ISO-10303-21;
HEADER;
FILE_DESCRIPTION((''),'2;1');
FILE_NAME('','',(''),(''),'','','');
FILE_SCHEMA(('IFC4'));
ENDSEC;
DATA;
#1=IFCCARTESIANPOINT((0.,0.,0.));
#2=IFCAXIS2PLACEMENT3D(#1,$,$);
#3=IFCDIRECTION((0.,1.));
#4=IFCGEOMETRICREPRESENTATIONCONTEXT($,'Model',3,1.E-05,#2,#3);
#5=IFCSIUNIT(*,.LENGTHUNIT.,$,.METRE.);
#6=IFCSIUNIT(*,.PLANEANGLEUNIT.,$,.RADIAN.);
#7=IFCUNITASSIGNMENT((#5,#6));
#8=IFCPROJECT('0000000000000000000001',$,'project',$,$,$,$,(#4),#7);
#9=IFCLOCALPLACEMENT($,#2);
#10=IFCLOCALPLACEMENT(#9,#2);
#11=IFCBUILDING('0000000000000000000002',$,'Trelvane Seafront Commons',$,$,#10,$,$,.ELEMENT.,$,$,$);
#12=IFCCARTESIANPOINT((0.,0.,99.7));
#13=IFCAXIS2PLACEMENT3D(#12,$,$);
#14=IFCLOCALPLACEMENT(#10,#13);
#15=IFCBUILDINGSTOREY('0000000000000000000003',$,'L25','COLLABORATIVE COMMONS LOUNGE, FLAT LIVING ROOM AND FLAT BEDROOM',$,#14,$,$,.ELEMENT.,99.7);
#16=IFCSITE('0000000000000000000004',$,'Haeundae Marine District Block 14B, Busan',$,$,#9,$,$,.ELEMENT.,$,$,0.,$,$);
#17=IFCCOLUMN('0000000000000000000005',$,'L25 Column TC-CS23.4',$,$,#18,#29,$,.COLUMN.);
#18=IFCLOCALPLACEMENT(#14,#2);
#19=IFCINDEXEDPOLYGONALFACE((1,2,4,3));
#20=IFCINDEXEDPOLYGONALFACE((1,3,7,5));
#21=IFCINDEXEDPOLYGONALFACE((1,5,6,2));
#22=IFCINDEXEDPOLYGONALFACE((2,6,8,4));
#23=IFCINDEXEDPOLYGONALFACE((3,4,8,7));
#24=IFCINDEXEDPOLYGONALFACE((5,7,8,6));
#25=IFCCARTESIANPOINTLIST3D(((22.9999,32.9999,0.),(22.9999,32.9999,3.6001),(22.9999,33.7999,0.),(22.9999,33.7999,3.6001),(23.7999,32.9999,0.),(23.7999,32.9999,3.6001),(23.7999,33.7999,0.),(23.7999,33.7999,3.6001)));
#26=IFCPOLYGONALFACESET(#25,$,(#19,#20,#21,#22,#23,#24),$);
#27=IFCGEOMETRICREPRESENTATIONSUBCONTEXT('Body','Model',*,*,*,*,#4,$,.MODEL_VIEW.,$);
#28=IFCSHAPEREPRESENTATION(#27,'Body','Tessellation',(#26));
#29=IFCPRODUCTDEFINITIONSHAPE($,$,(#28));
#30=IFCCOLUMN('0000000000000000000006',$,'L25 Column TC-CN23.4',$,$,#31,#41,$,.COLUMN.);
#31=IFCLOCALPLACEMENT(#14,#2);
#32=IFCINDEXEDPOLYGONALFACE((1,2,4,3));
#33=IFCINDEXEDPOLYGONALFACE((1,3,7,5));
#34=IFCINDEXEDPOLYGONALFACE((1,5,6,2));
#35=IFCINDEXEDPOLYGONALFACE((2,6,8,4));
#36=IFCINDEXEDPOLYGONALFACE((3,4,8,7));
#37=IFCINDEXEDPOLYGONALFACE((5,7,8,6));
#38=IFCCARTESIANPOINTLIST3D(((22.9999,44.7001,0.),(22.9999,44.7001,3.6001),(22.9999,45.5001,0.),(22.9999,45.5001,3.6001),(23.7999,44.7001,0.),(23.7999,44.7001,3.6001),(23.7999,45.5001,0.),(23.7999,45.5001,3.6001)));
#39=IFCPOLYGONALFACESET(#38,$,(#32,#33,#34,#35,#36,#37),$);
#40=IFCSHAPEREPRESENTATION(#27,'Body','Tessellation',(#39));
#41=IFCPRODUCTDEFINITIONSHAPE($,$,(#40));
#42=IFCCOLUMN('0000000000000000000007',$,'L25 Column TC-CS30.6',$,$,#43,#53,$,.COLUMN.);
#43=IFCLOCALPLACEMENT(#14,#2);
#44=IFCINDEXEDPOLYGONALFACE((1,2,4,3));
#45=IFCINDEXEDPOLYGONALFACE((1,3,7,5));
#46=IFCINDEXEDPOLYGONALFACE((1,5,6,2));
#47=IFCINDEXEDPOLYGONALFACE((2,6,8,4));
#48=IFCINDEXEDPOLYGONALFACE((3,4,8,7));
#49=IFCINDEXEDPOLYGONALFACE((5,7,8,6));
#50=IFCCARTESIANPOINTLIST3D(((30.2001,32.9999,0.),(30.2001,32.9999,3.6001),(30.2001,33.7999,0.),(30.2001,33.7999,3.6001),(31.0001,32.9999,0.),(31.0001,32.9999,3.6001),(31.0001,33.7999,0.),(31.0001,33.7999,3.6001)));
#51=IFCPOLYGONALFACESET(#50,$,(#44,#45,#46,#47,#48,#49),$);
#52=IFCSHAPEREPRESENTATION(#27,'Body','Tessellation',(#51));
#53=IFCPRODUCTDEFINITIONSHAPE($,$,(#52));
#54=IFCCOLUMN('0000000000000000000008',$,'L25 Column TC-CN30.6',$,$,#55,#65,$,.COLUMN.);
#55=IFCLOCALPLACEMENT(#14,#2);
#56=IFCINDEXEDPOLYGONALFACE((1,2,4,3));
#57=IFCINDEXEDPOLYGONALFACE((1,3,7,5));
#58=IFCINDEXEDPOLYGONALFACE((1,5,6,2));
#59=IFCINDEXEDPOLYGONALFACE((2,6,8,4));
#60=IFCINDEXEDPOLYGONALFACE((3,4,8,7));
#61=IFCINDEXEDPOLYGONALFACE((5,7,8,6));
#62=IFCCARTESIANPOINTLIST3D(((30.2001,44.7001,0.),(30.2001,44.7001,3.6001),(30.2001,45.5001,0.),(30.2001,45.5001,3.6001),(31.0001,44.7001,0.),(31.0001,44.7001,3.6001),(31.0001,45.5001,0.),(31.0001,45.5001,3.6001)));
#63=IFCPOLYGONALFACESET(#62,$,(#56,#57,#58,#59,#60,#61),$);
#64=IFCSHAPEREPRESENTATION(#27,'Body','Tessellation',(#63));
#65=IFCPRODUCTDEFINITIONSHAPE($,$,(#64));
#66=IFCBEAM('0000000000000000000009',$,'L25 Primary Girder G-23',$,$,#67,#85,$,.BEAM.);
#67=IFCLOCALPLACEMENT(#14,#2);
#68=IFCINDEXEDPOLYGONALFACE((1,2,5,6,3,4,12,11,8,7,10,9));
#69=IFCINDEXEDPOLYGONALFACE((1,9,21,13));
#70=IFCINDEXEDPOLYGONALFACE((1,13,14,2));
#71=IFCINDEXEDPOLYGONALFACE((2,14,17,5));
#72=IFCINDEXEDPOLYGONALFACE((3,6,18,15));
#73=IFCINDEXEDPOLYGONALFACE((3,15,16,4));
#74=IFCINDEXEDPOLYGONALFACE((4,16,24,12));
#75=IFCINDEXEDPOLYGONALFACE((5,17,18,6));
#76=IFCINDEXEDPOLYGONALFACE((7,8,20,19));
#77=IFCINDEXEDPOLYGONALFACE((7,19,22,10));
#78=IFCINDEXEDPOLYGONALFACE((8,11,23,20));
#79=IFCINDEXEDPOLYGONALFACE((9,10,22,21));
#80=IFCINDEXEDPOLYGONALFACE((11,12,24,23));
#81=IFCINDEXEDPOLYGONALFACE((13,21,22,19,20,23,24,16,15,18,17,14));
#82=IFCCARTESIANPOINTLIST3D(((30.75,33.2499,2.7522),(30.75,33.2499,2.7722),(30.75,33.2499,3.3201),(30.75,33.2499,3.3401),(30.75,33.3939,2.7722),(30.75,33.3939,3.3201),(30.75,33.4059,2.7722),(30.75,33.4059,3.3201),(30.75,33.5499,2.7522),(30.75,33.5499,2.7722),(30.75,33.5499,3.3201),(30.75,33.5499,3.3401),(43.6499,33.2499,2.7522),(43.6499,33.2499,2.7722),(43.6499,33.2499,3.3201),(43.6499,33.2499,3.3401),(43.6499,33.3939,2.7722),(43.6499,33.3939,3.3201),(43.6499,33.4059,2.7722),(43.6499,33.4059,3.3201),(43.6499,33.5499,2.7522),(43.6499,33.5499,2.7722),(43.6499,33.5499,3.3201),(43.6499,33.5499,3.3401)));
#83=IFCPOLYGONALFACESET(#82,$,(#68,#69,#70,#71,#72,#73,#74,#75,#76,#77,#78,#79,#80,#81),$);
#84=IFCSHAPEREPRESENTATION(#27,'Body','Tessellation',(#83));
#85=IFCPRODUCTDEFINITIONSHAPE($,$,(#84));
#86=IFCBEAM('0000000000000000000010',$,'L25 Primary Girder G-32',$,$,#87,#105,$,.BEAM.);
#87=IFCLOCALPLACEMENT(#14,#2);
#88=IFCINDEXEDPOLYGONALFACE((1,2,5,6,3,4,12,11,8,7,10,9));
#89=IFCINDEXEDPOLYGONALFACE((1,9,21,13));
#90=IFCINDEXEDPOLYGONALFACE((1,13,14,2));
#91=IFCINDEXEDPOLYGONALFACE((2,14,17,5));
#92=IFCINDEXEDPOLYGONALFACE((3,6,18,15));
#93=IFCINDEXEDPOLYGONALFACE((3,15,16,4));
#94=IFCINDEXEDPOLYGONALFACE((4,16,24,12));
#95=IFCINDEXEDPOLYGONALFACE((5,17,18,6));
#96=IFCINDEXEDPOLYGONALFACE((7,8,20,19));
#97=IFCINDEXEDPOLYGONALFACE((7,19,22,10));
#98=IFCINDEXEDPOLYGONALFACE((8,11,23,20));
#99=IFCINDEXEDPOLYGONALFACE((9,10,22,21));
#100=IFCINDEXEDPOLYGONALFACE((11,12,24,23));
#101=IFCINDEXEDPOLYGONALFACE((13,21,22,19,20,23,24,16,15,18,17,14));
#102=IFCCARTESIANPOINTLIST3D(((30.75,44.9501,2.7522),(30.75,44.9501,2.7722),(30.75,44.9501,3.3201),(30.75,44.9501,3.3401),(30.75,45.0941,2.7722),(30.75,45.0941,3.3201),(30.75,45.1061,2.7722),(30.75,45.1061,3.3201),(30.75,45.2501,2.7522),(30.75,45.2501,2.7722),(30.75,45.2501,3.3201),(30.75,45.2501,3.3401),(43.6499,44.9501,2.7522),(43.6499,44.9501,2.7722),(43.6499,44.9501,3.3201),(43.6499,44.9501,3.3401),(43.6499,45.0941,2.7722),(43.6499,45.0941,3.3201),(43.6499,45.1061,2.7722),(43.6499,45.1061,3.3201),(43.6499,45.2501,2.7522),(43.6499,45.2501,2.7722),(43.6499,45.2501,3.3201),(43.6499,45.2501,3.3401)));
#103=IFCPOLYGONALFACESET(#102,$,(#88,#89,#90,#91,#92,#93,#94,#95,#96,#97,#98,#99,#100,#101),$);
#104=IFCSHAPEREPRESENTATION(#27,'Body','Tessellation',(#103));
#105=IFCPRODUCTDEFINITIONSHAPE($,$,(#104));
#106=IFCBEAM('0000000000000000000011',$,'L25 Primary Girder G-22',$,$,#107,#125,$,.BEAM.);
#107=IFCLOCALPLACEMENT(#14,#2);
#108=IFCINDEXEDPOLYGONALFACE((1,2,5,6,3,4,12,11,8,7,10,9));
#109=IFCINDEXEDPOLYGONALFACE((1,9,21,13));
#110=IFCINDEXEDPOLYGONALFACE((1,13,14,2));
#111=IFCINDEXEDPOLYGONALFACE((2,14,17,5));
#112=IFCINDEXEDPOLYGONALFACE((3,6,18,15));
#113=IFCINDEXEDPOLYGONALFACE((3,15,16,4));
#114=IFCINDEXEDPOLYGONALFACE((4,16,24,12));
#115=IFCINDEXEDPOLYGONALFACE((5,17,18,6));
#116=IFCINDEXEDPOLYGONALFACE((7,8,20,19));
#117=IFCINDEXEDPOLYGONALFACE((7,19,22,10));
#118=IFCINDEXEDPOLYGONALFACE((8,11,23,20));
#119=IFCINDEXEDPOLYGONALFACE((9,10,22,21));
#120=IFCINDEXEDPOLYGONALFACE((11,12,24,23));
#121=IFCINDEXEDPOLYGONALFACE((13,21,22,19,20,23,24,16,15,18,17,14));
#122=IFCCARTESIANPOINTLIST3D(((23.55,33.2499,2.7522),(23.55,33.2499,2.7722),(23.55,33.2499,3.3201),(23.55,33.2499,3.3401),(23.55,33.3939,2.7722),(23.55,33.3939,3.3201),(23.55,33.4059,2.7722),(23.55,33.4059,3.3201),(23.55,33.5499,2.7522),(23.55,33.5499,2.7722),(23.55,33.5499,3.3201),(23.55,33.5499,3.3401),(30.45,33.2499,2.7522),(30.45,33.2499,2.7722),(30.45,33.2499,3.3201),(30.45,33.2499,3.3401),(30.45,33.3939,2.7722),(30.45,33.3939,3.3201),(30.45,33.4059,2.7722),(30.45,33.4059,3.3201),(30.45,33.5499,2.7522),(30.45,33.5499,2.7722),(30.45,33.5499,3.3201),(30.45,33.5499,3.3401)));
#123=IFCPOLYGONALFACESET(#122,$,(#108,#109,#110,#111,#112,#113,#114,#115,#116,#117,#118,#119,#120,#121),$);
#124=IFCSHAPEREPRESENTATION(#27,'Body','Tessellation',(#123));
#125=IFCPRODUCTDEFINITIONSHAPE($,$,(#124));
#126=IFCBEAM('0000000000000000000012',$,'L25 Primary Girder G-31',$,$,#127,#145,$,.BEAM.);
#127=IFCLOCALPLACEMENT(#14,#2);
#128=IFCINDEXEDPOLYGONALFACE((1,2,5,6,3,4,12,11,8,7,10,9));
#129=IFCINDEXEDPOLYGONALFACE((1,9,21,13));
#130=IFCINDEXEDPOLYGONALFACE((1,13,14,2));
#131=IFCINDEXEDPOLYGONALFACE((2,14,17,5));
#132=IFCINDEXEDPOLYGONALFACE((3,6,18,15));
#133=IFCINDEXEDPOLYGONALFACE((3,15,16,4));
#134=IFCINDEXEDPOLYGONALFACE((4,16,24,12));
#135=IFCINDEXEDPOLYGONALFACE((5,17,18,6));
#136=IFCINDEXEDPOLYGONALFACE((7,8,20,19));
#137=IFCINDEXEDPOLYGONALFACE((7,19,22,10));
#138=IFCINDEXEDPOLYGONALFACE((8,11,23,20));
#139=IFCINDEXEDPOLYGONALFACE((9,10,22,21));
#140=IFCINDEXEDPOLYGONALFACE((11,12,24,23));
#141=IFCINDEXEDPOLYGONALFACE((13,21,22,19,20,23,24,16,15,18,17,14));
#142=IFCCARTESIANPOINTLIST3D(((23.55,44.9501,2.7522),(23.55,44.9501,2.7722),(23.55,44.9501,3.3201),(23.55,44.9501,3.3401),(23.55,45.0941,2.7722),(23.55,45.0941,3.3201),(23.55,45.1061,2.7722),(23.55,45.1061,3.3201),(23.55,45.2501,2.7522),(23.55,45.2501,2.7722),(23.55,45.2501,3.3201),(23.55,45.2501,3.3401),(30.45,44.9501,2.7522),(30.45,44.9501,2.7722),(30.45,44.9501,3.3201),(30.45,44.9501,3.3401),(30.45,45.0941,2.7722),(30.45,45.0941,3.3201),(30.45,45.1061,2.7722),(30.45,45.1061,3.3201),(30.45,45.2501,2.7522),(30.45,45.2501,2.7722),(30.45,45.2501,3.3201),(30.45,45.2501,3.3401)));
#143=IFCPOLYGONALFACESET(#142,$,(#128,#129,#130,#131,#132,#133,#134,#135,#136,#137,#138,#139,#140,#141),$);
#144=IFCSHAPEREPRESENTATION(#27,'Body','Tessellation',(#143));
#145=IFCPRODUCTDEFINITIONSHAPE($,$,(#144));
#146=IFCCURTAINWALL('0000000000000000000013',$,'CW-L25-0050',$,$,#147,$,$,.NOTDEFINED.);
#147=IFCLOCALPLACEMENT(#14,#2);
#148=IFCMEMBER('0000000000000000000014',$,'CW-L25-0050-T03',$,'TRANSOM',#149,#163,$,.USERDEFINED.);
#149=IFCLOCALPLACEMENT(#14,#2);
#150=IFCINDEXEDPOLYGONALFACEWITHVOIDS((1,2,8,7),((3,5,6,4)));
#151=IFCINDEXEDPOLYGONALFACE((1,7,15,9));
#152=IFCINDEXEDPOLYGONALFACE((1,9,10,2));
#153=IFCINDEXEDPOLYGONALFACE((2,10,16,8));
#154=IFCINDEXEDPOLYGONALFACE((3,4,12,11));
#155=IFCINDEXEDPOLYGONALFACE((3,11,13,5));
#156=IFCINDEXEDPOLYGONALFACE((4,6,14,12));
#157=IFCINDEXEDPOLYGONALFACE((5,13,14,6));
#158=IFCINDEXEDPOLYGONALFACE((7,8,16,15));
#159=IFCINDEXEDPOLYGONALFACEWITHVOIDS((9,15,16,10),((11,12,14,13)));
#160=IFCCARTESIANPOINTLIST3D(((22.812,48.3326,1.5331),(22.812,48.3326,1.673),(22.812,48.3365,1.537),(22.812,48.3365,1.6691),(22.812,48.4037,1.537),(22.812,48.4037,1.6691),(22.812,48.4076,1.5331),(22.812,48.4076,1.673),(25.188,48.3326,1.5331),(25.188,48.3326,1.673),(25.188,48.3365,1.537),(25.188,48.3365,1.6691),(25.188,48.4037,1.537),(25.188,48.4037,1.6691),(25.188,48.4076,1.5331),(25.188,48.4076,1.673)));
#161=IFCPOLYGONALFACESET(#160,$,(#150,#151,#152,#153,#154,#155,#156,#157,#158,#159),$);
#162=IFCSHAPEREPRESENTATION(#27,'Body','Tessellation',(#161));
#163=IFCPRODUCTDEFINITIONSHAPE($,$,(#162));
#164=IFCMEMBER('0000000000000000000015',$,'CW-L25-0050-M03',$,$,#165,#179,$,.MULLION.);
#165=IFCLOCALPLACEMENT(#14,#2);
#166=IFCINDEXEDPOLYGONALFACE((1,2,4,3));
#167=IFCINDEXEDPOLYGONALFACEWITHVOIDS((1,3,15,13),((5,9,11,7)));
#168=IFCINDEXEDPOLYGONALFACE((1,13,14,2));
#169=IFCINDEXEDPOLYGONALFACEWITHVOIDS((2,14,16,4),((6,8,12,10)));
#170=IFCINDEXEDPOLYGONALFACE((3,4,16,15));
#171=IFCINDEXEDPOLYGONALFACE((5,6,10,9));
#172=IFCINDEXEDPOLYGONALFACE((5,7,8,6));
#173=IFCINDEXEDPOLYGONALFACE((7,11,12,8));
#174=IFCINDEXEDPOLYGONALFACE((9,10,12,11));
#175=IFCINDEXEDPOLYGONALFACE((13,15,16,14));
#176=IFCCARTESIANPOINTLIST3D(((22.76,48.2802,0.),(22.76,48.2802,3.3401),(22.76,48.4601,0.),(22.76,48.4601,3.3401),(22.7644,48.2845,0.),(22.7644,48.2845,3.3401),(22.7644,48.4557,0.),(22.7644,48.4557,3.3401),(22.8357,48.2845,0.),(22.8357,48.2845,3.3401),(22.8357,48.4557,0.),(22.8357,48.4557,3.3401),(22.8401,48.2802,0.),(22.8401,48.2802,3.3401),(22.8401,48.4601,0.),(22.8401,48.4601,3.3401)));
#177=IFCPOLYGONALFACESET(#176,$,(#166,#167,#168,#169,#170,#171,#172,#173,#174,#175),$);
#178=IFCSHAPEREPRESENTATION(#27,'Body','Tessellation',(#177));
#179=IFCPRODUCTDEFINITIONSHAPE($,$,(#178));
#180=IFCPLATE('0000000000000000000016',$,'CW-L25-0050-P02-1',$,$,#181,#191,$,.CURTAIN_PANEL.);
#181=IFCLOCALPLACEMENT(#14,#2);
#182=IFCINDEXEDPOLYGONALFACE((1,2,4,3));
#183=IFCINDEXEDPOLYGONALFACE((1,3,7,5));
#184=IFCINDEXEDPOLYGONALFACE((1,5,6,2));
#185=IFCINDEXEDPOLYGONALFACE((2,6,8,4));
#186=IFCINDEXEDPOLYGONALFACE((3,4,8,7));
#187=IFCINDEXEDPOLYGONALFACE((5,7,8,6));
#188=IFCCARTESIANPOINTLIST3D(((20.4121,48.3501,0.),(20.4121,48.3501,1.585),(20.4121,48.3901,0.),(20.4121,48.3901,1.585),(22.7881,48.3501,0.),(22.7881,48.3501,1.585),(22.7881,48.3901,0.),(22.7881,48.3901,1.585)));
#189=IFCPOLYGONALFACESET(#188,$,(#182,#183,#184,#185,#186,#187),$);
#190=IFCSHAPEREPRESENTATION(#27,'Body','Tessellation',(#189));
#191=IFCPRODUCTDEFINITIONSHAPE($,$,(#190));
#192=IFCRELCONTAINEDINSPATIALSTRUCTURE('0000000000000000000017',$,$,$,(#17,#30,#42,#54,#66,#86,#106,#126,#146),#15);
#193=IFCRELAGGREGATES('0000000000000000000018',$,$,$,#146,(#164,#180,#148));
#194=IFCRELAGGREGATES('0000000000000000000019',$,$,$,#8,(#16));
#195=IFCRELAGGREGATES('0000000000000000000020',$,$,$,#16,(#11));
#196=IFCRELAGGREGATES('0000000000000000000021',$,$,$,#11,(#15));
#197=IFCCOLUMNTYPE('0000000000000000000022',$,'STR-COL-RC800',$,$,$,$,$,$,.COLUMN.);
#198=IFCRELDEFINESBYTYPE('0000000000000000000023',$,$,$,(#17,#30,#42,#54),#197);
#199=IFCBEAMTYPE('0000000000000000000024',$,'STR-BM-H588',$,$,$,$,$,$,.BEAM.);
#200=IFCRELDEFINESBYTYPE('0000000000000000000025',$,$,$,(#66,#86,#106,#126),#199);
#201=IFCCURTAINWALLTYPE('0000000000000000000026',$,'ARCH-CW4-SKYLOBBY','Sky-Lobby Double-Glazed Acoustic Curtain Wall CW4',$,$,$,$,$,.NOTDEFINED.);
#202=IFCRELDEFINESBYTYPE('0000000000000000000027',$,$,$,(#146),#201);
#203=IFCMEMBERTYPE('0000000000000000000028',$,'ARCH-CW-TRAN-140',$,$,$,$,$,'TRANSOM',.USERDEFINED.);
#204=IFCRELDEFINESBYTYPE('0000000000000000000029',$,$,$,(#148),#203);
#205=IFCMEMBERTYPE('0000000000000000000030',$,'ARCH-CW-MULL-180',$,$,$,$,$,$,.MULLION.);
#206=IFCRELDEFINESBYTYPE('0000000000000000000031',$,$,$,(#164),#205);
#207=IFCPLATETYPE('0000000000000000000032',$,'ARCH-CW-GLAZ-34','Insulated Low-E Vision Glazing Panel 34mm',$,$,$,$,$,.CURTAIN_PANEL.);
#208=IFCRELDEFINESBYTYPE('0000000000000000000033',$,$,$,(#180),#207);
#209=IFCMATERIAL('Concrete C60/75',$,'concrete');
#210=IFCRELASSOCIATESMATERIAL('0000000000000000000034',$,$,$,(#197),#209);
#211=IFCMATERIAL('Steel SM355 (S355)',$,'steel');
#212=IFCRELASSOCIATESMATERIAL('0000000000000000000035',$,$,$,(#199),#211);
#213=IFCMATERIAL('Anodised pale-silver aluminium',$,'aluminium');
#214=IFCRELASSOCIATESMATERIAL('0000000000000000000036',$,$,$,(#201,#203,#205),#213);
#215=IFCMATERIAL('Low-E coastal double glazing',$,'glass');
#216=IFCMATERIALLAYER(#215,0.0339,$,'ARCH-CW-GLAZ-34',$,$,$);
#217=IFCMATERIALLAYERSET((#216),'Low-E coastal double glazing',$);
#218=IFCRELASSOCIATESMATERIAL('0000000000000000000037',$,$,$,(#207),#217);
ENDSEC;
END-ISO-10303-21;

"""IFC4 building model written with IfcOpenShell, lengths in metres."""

from ifc_helpers import new_model, si_unit, direction, frame, origin, origin_2d, place, context, subcontext, project, spatial, rectangle, hollow_rectangle, i_section, extrude, source, transform, mapped, material, layer, layer_set, material_profile, profile_set, type_object, element, aggregate, save


model = new_model("IFC4")

# Units and contexts
model_context = context("Model", 3, precision=1e-05, world=origin(), true_north=direction((0.0, 1.0)))
body_context = subcontext(model_context, "Body", "Model", "MODEL_VIEW")
ifc_project = project(units=[si_unit("LENGTHUNIT", "METRE"), si_unit("PLANEANGLEUNIT", "RADIAN")], contexts=[model_context])

# Site, building, storey
site_placement = place(None, origin())
site = spatial("IfcSite", under=ifc_project, at=site_placement, Name="Haeundae Marine District Block 14B, Busan", CompositionType="ELEMENT", RefElevation=0.0)
building_placement = place(site_placement, origin())
building = spatial("IfcBuilding", under=site, at=building_placement, Name="Trelvane Seafront Commons", CompositionType="ELEMENT")
storey_placement = place(building_placement, frame((0.0, 0.0, 99.7)))
storey = spatial("IfcBuildingStorey", under=building, at=storey_placement, Name="L25", Description="COLLABORATIVE COMMONS LOUNGE, FLAT LIVING ROOM AND FLAT BEDROOM", CompositionType="ELEMENT", Elevation=99.7)

# Columns
ifc_material_1 = material(Name="Concrete C60/75", Category="concrete")
ifc_material_profile_1 = material_profile(ifc_material_1, rectangle(XDim=0.8, YDim=0.8, at=origin_2d()), Name="RC-800x800")
ifc_profile_set_1 = profile_set([ifc_material_profile_1], Name="Concrete C60/75")
column_type = type_object("IfcColumnType", Name="STR-COL-RC800", PredefinedType="COLUMN", material=ifc_profile_set_1)
shared_shape_1 = source(origin(), body_context, "Body", "SweptSolid", [
    extrude(rectangle(XDim=0.8, YDim=0.8, at=origin_2d()), origin(), (0.0, 0.0, 1.0), 3.6001),
])
for number, where, z_axis, x_axis, name in (
    (1, (23.3999, 33.3999, 0.0), (0.0, 0.0, 1.0), (1.0, 0.0, 0.0), "L25 Column TC-CS23.4"),
    (2, (23.3999, 45.1001, 0.0), (0.0, 0.0, 1.0), (1.0, 0.0, 0.0), "L25 Column TC-CN23.4"),
    (3, (30.6001, 33.3999, 0.0), (0.0, 0.0, 1.0), (1.0, 0.0, 0.0), "L25 Column TC-CS30.6"),
    (4, (30.6001, 45.1001, 0.0), (0.0, 0.0, 1.0), (1.0, 0.0, 0.0), "L25 Column TC-CN30.6"),
):
    element("IfcColumn", number, at=place(storey_placement, frame(where, z_axis=z_axis, x_axis=x_axis)), inside=storey, type_object=column_type, Name=name, PredefinedType="COLUMN", context=body_context, shape_type="MappedRepresentation", body=[
        mapped(shared_shape_1, transform((0.0, 0.0, 0.0), x_axis=(1.0, 0.0, 0.0), y_axis=(0.0, 1.0, 0.0), z_axis=(0.0, 0.0, 1.0), scale=1.0)),
    ])

# Beams
ifc_material_2 = material(Name="Steel SM355 (S355)", Category="steel")
ifc_material_profile_2 = material_profile(ifc_material_2, i_section(OverallWidth=0.3, OverallDepth=0.5879, WebThickness=0.012, FlangeThickness=0.02, at=origin_2d()), Name="H-588x300x12x20")
ifc_profile_set_2 = profile_set([ifc_material_profile_2], Name="Steel SM355 (S355)")
beam_type = type_object("IfcBeamType", Name="STR-BM-H588", PredefinedType="BEAM", material=ifc_profile_set_2)
shared_shape_2 = source(origin(), body_context, "Body", "SweptSolid", [
    extrude(i_section(OverallWidth=0.3, OverallDepth=0.5879, WebThickness=0.012, FlangeThickness=0.02, at=origin_2d()), origin(), (0.0, 0.0, 1.0), 12.8999),
])
for number, where, z_axis, x_axis, name in (
    (5, (30.75, 33.3999, 3.0461), (1.0, 0.0, 0.0), (0.0, 1.0, 0.0), "L25 Primary Girder G-23"),
    (6, (30.75, 45.1001, 3.0461), (1.0, 0.0, 0.0), (0.0, 1.0, 0.0), "L25 Primary Girder G-32"),
):
    element("IfcBeam", number, at=place(storey_placement, frame(where, z_axis=z_axis, x_axis=x_axis)), inside=storey, type_object=beam_type, Name=name, PredefinedType="BEAM", context=body_context, shape_type="MappedRepresentation", body=[
        mapped(shared_shape_2, transform((0.0, 0.0, 0.0), x_axis=(1.0, 0.0, 0.0), y_axis=(0.0, 1.0, 0.0), z_axis=(0.0, 0.0, 1.0), scale=1.0)),
    ])
shared_shape_3 = source(origin(), body_context, "Body", "SweptSolid", [
    extrude(i_section(OverallWidth=0.3, OverallDepth=0.5879, WebThickness=0.012, FlangeThickness=0.02, at=origin_2d()), origin(), (0.0, 0.0, 1.0), 6.8999),
])
for number, where, z_axis, x_axis, name in (
    (7, (23.55, 33.3999, 3.0461), (1.0, 0.0, 0.0), (0.0, 1.0, 0.0), "L25 Primary Girder G-22"),
    (8, (23.55, 45.1001, 3.0461), (1.0, 0.0, 0.0), (0.0, 1.0, 0.0), "L25 Primary Girder G-31"),
):
    element("IfcBeam", number, at=place(storey_placement, frame(where, z_axis=z_axis, x_axis=x_axis)), inside=storey, type_object=beam_type, Name=name, PredefinedType="BEAM", context=body_context, shape_type="MappedRepresentation", body=[
        mapped(shared_shape_3, transform((0.0, 0.0, 0.0), x_axis=(1.0, 0.0, 0.0), y_axis=(0.0, 1.0, 0.0), z_axis=(0.0, 0.0, 1.0), scale=1.0)),
    ])

# Curtain wall, members, plate
ifc_material_3 = material(Name="Anodised pale-silver aluminium", Category="aluminium")
curtain_wall_type = type_object("IfcCurtainWallType", Name="ARCH-CW4-SKYLOBBY", Description="Sky-Lobby Double-Glazed Acoustic Curtain Wall CW4", PredefinedType="NOTDEFINED", material=ifc_material_3)
curtain_wall_placement = place(storey_placement, origin())
curtain_wall = element("IfcCurtainWall", 9, at=curtain_wall_placement, inside=storey, type_object=curtain_wall_type, Name="CW-L25-0050", PredefinedType="NOTDEFINED")
ifc_material_profile_3 = material_profile(ifc_material_3, hollow_rectangle(XDim=0.075, YDim=0.1399, WallThickness=0.0039, at=origin_2d()), Name="TRAN-75x140x4")
ifc_profile_set_3 = profile_set([ifc_material_profile_3], Name="Anodised pale-silver aluminium")
member_type_1 = type_object("IfcMemberType", Name="ARCH-CW-TRAN-140", ElementType="TRANSOM", PredefinedType="USERDEFINED", material=ifc_profile_set_3)
shared_shape_4 = source(origin(), body_context, "Body", "SweptSolid", [
    extrude(hollow_rectangle(XDim=0.075, YDim=0.1399, WallThickness=0.0039, at=origin_2d()), origin(), (0.0, 0.0, 1.0), 2.376),
])
member_1_placement = place(storey_placement, frame((22.812, 48.3701, 1.603), z_axis=(1.0, 0.0, 0.0), x_axis=(0.0, 1.0, 0.0)))
member_1 = element("IfcMember", 10, at=member_1_placement, type_object=member_type_1, Name="CW-L25-0050-T03", ObjectType="TRANSOM", PredefinedType="USERDEFINED", context=body_context, shape_type="MappedRepresentation", body=[
    mapped(shared_shape_4, transform((0.0, 0.0, 0.0), x_axis=(1.0, 0.0, 0.0), y_axis=(0.0, 1.0, 0.0), z_axis=(0.0, 0.0, 1.0), scale=1.0)),
])
ifc_material_profile_4 = material_profile(ifc_material_3, hollow_rectangle(XDim=0.0801, YDim=0.1799, WallThickness=0.0044, at=origin_2d()), Name="MULL-80x180x4.5")
ifc_profile_set_4 = profile_set([ifc_material_profile_4], Name="Anodised pale-silver aluminium")
member_type_2 = type_object("IfcMemberType", Name="ARCH-CW-MULL-180", PredefinedType="MULLION", material=ifc_profile_set_4)
shared_shape_5 = source(origin(), body_context, "Body", "SweptSolid", [
    extrude(hollow_rectangle(XDim=0.0801, YDim=0.1799, WallThickness=0.0044, at=origin_2d()), origin(), (0.0, 0.0, 1.0), 3.3401),
])
member_2_placement = place(storey_placement, frame((22.8, 48.3701, 0.0), z_axis=(0.0, 0.0, 1.0), x_axis=(1.0, 0.0, 0.0)))
member_2 = element("IfcMember", 11, at=member_2_placement, type_object=member_type_2, Name="CW-L25-0050-M03", PredefinedType="MULLION", context=body_context, shape_type="MappedRepresentation", body=[
    mapped(shared_shape_5, transform((0.0, 0.0, 0.0), x_axis=(1.0, 0.0, 0.0), y_axis=(0.0, 1.0, 0.0), z_axis=(0.0, 0.0, 1.0), scale=1.0)),
])
ifc_material_4 = material(Name="Low-E coastal double glazing", Category="glass")
ifc_layer_1 = layer(ifc_material_4, 0.0339, Name="ARCH-CW-GLAZ-34")
ifc_layer_set_1 = layer_set([ifc_layer_1], Name="Low-E coastal double glazing")
plate_type = type_object("IfcPlateType", Name="ARCH-CW-GLAZ-34", Description="Insulated Low-E Vision Glazing Panel 34mm", PredefinedType="CURTAIN_PANEL", material=ifc_layer_set_1)
shared_shape_6 = source(origin(), body_context, "Body", "SweptSolid", [
    extrude(rectangle(XDim=2.376, YDim=0.04, at=origin_2d()), origin(), (0.0, 0.0, 1.0), 1.585),
])
plate_1_placement = place(storey_placement, frame((21.6001, 48.3701, 0.0), z_axis=(0.0, 0.0, 1.0), x_axis=(1.0, 0.0, 0.0)))
plate_1 = element("IfcPlate", 12, at=plate_1_placement, type_object=plate_type, Name="CW-L25-0050-P02-1", PredefinedType="CURTAIN_PANEL", context=body_context, shape_type="MappedRepresentation", body=[
    mapped(shared_shape_6, transform((0.0, 0.0, 0.0), x_axis=(1.0, 0.0, 0.0), y_axis=(0.0, 1.0, 0.0), z_axis=(0.0, 0.0, 1.0), scale=1.0)),
])
aggregate(curtain_wall, [member_2, plate_1, member_1])

save(model, "model.ifc")
